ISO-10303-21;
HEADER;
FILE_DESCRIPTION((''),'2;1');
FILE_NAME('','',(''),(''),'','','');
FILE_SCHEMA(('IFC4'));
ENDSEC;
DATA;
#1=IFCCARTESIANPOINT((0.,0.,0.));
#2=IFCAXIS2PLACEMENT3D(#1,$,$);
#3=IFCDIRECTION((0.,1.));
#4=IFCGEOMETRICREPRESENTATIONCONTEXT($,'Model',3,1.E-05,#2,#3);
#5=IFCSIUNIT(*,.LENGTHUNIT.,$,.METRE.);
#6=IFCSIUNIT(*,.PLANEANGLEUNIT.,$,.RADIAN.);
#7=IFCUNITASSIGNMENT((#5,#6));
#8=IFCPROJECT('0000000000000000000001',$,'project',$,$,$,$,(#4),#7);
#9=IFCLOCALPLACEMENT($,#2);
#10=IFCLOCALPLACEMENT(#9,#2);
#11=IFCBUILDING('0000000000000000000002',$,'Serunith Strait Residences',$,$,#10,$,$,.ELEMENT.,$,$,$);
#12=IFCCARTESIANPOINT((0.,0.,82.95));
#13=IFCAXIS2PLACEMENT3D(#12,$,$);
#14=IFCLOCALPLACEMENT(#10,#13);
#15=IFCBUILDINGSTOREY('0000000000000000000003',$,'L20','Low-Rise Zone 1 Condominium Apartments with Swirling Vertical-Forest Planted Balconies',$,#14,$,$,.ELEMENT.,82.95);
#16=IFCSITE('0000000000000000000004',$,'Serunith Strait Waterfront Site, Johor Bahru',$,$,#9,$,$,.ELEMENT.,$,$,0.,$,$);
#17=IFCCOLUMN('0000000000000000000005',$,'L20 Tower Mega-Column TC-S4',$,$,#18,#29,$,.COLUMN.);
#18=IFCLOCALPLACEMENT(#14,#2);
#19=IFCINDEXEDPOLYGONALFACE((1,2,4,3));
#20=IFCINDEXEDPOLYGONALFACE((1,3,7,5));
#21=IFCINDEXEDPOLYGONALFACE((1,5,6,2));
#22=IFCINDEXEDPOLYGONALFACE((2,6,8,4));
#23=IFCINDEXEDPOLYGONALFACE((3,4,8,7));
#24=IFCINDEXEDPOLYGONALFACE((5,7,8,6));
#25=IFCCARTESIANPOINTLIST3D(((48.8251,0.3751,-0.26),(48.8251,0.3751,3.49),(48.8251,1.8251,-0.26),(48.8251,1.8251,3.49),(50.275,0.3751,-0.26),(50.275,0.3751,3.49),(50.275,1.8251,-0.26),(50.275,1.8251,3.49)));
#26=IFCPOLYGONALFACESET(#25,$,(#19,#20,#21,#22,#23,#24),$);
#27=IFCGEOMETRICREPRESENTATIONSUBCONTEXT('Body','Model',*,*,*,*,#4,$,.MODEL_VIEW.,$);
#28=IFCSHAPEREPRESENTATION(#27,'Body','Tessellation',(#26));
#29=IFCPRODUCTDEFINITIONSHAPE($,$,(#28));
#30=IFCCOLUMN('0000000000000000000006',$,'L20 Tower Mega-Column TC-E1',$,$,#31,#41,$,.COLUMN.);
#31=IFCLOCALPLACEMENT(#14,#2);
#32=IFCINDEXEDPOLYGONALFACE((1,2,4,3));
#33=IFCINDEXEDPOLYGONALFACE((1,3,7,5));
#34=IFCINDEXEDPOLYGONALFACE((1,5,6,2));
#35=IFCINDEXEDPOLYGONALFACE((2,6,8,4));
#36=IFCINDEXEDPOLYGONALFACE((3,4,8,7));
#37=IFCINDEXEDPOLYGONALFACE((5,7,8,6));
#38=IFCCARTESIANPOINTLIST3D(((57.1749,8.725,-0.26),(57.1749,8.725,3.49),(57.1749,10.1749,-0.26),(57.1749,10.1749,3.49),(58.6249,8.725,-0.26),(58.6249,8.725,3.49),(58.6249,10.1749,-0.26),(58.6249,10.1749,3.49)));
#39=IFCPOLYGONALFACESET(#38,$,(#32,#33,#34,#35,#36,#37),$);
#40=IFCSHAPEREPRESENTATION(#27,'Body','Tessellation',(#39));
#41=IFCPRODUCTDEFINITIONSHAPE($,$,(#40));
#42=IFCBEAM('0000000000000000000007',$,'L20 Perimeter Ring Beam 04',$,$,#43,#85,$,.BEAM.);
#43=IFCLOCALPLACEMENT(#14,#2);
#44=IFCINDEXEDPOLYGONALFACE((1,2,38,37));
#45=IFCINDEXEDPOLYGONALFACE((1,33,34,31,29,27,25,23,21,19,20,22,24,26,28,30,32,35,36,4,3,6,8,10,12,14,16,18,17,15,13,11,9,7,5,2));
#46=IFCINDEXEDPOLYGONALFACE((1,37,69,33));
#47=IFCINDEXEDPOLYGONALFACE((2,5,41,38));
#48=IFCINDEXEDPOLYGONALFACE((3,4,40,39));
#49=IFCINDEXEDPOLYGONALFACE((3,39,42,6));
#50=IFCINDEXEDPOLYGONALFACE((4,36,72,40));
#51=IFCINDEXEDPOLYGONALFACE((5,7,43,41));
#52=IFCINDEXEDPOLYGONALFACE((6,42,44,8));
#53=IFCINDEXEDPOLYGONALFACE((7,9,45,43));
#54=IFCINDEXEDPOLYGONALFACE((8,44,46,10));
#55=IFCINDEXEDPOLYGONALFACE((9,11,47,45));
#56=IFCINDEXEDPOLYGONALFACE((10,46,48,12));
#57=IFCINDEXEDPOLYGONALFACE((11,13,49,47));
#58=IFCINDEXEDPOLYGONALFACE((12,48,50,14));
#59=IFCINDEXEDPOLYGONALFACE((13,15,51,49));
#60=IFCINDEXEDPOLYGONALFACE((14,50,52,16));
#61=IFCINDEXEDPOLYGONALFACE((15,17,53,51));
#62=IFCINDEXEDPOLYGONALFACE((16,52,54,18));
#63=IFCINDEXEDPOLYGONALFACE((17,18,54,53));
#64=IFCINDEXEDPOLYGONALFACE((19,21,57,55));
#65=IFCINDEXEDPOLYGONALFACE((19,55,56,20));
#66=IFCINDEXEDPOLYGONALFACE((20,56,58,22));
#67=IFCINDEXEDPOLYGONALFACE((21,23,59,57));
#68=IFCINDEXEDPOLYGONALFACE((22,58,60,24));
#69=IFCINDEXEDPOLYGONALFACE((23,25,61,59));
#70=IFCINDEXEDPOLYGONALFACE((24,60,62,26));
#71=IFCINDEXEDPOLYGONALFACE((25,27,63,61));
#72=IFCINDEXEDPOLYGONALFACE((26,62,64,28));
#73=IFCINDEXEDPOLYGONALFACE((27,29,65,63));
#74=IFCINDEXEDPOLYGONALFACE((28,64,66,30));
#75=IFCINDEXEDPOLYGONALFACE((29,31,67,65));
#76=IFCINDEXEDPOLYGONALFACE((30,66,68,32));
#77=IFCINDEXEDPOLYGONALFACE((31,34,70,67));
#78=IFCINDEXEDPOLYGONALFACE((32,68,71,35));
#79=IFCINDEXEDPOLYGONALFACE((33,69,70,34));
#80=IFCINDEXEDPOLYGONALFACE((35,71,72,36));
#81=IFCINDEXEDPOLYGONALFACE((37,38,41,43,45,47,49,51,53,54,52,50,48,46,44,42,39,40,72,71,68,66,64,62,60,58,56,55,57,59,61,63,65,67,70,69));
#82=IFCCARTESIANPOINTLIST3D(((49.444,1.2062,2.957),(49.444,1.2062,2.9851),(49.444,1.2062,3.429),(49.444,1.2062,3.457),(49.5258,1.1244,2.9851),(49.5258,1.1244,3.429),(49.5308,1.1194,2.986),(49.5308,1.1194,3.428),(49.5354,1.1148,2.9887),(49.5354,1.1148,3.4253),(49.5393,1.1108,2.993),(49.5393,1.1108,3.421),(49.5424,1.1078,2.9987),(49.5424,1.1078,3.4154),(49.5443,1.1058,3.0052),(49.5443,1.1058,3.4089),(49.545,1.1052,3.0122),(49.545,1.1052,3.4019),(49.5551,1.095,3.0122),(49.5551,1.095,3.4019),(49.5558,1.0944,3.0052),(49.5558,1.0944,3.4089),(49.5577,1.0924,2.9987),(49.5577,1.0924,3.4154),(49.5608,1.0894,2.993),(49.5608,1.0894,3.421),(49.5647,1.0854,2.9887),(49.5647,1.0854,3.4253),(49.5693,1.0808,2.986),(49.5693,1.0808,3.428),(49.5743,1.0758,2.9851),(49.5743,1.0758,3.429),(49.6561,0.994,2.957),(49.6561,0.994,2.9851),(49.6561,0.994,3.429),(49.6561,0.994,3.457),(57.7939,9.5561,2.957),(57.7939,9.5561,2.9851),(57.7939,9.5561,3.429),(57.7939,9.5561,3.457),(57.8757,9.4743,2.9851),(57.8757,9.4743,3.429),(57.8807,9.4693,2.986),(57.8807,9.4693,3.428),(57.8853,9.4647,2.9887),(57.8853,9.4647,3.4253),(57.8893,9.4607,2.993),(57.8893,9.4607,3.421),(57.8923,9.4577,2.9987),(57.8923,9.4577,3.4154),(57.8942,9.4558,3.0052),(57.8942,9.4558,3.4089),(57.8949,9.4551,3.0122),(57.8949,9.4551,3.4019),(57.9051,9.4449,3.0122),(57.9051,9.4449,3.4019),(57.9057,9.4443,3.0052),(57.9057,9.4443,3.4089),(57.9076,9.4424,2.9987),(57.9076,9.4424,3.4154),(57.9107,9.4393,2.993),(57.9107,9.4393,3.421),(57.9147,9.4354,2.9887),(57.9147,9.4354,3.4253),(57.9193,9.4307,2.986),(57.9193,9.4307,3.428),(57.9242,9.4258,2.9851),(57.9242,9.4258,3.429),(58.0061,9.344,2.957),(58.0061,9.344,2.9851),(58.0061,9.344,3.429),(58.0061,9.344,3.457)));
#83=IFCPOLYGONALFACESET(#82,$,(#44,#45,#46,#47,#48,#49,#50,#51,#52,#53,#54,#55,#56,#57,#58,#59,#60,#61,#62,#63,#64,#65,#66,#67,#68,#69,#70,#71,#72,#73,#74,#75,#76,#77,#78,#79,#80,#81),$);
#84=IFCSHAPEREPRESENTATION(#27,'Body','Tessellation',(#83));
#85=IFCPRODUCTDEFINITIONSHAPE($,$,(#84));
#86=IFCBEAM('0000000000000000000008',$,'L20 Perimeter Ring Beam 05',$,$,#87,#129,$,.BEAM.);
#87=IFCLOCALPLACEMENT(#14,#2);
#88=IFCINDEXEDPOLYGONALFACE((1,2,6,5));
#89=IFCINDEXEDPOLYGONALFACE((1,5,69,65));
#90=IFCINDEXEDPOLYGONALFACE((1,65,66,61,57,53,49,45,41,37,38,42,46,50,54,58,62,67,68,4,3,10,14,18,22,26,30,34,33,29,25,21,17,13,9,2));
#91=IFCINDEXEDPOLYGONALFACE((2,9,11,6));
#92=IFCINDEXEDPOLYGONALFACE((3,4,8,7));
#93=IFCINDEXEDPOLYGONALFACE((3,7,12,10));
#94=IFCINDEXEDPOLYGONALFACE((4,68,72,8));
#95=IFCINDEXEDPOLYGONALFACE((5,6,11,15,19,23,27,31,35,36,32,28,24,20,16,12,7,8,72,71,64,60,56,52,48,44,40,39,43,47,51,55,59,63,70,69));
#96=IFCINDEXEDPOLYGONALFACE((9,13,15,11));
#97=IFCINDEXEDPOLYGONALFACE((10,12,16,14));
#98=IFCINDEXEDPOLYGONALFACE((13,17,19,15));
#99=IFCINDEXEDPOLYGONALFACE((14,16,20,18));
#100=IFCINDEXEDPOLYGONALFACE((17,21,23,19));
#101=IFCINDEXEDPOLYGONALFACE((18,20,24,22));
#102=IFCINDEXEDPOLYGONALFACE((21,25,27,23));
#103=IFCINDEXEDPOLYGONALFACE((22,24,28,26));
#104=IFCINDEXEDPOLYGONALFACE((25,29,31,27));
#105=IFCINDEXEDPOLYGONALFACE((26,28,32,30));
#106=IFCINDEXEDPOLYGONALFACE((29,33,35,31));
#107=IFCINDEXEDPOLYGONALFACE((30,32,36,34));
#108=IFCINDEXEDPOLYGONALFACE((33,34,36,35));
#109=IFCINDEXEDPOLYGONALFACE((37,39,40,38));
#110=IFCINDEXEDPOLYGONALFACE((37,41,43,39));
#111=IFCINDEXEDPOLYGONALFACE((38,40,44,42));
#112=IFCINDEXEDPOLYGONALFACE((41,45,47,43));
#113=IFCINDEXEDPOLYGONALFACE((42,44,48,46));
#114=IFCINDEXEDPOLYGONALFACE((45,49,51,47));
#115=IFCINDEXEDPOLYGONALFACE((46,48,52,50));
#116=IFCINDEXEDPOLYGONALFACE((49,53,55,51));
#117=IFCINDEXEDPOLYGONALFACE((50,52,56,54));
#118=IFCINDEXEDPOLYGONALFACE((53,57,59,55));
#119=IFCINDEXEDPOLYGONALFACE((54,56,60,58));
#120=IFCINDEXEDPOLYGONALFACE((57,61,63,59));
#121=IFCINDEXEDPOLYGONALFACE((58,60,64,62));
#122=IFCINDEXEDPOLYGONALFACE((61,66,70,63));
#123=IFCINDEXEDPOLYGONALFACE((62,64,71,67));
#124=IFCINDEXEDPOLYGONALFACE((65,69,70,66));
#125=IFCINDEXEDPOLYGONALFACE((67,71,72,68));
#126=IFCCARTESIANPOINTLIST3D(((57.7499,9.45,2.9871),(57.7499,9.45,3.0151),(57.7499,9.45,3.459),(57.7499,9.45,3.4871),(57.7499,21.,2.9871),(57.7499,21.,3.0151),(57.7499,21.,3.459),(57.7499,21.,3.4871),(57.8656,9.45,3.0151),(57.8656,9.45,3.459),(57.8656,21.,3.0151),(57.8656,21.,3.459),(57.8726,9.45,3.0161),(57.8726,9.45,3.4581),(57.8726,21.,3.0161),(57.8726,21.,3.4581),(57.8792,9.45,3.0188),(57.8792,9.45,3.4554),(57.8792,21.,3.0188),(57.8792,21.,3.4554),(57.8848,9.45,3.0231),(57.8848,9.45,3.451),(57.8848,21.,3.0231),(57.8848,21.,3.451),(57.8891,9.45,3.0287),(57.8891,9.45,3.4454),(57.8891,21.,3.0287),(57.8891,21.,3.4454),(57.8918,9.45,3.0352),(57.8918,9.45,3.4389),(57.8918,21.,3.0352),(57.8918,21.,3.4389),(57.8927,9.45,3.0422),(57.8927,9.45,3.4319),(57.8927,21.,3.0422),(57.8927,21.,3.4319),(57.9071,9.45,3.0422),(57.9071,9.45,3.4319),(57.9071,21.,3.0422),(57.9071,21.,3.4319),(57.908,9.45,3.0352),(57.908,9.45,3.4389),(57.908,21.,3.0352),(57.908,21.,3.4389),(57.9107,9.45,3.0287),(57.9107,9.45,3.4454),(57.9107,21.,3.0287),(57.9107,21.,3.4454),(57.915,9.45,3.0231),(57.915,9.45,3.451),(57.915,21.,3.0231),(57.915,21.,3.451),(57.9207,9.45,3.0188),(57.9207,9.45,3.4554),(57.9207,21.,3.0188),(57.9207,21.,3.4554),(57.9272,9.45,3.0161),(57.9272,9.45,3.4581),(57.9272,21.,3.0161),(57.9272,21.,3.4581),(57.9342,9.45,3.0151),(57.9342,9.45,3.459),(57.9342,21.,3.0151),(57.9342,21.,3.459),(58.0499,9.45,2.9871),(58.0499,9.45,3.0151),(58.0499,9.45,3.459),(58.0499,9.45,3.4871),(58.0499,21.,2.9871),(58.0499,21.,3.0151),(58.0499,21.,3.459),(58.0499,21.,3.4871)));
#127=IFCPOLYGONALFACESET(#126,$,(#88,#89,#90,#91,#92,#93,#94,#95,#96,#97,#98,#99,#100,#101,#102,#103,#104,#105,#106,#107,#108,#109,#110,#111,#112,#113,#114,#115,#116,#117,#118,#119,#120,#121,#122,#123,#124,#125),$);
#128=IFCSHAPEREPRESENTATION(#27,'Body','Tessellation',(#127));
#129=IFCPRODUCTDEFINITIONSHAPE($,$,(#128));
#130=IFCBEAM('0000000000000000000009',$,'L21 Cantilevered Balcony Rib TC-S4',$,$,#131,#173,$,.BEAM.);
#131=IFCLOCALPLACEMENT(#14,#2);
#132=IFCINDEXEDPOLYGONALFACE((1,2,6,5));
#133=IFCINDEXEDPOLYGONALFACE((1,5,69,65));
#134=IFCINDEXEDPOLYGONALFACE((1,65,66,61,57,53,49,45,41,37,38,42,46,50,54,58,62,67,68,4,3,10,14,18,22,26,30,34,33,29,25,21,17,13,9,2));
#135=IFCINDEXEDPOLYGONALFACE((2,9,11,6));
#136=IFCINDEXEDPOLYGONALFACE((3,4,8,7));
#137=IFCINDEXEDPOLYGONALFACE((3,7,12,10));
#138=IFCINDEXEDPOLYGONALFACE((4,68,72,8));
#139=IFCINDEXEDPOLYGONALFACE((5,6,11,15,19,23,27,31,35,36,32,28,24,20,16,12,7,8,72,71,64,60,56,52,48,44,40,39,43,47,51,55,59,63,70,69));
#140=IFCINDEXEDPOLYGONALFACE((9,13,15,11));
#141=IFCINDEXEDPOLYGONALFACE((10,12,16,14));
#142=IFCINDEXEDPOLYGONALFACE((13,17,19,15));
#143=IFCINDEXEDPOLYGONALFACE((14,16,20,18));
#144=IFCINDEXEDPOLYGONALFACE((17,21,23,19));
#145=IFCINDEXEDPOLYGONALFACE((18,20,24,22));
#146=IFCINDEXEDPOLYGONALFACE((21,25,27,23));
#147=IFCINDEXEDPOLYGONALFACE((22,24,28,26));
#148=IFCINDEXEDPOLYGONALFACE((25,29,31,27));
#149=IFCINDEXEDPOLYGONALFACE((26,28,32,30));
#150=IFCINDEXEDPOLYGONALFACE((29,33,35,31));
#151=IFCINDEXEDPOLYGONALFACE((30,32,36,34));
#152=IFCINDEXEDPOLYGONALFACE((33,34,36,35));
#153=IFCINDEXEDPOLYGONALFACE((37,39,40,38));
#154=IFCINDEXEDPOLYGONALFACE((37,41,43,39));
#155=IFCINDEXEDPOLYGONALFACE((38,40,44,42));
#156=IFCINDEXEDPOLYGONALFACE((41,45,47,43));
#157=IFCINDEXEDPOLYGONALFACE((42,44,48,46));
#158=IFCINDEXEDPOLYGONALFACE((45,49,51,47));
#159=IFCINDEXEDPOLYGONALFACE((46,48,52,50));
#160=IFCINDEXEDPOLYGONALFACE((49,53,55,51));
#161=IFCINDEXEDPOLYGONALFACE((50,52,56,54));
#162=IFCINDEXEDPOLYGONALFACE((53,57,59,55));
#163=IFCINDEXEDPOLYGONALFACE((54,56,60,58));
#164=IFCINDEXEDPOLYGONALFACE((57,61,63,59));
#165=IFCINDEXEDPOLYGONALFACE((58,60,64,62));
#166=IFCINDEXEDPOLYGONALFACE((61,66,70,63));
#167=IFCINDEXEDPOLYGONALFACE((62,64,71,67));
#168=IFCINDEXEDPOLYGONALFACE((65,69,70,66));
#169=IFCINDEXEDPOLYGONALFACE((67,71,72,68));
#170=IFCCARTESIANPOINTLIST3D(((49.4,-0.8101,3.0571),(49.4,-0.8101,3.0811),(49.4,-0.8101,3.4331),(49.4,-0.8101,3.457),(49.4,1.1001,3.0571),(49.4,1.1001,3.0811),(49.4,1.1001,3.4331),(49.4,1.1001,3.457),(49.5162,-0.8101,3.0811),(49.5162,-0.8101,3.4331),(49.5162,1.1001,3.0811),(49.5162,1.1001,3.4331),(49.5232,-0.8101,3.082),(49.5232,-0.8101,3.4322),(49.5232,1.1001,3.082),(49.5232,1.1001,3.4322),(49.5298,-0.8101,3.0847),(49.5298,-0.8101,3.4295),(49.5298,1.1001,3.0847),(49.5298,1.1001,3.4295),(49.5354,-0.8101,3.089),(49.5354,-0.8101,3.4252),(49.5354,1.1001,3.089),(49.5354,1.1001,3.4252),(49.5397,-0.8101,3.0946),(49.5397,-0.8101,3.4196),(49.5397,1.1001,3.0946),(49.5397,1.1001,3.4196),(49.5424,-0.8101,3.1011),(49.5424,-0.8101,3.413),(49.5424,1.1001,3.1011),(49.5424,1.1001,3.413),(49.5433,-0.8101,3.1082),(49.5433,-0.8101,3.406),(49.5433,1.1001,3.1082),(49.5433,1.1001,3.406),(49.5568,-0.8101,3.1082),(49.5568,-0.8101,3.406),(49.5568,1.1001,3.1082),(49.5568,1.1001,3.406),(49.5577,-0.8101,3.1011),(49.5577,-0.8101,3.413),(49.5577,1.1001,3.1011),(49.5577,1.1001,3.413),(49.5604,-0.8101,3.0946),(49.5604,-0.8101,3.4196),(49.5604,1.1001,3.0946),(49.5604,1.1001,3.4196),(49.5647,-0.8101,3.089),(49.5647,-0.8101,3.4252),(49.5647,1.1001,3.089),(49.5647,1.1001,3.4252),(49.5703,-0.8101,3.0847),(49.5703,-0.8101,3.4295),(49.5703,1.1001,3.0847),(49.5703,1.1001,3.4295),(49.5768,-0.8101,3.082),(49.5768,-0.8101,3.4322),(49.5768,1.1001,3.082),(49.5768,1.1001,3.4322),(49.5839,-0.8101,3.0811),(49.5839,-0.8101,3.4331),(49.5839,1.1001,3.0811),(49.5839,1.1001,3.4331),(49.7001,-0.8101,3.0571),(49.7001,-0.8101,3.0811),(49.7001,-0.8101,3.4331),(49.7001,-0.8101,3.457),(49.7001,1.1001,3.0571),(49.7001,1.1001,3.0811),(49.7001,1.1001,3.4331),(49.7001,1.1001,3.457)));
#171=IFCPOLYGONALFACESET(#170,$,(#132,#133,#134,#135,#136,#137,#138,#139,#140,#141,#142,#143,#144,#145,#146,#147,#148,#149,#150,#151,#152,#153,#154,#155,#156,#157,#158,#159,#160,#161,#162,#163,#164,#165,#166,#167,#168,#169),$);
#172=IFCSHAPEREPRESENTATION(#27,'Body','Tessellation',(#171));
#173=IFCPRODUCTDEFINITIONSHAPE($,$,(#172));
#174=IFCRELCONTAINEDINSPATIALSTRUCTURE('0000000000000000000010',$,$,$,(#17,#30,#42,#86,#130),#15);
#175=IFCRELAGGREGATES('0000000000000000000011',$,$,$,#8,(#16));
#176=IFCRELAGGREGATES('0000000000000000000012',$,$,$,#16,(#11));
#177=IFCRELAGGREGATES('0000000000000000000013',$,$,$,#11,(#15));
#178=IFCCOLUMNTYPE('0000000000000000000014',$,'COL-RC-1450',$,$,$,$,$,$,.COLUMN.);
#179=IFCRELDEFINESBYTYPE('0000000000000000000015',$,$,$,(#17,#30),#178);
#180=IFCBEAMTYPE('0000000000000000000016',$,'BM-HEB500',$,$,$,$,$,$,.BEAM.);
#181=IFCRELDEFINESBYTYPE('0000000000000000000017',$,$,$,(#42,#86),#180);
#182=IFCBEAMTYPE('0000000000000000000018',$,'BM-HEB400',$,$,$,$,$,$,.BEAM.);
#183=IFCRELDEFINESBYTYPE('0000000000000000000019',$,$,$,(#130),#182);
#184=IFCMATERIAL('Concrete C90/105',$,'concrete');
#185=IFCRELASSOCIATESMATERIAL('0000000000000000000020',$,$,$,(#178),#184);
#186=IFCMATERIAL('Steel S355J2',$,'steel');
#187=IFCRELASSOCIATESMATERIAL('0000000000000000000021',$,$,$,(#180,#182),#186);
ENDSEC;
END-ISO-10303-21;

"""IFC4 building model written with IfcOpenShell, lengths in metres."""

from ifc_helpers import new_model, si_unit, direction, frame, origin, origin_2d, place, context, subcontext, project, spatial, rectangle, i_section, extrude, source, transform, mapped, material, material_profile, profile_set, type_object, element, save


model = new_model("IFC4")

# Units and contexts
model_context = context("Model", 3, precision=1e-05, world=origin(), true_north=direction((0.0, 1.0)))
body_context = subcontext(model_context, "Body", "Model", "MODEL_VIEW")
ifc_project = project(units=[si_unit("LENGTHUNIT", "METRE"), si_unit("PLANEANGLEUNIT", "RADIAN")], contexts=[model_context])

# Site, building, storey
site_placement = place(None, origin())
site = spatial("IfcSite", under=ifc_project, at=site_placement, Name="Serunith Strait Waterfront Site, Johor Bahru", CompositionType="ELEMENT", RefElevation=0.0)
building_placement = place(site_placement, origin())
building = spatial("IfcBuilding", under=site, at=building_placement, Name="Serunith Strait Residences", CompositionType="ELEMENT")
storey_placement = place(building_placement, frame((0.0, 0.0, 82.95)))
storey = spatial("IfcBuildingStorey", under=building, at=storey_placement, Name="L20", Description="Low-Rise Zone 1 Condominium Apartments with Swirling Vertical-Forest Planted Balconies", CompositionType="ELEMENT", Elevation=82.95)

# Columns
ifc_material_1 = material(Name="Concrete C90/105", Category="concrete")
ifc_material_profile_1 = material_profile(ifc_material_1, rectangle(XDim=1.45, YDim=1.45, at=origin_2d()), Name="RC 1450x1450")
ifc_profile_set_1 = profile_set([ifc_material_profile_1], Name="Concrete C90/105")
column_type = type_object("IfcColumnType", Name="COL-RC-1450", PredefinedType="COLUMN", material=ifc_profile_set_1)
shared_shape_1 = source(origin(), body_context, "Body", "SweptSolid", [
    extrude(rectangle(XDim=1.45, YDim=1.45, at=origin_2d()), origin(), (0.0, 0.0, 1.0), 3.75),
])
for number, where, z_axis, x_axis, name in (
    (1, (49.55, 1.1001, -0.26), (0.0, 0.0, 1.0), (1.0, 0.0, 0.0), "L20 Tower Mega-Column TC-S4"),
    (2, (57.8999, 9.45, -0.26), (0.0, 0.0, 1.0), (1.0, 0.0, 0.0), "L20 Tower Mega-Column TC-E1"),
):
    element("IfcColumn", number, at=place(storey_placement, frame(where, z_axis=z_axis, x_axis=x_axis)), inside=storey, type_object=column_type, Name=name, PredefinedType="COLUMN", context=body_context, shape_type="MappedRepresentation", body=[
        mapped(shared_shape_1, transform((0.0, 0.0, 0.0), scale=1.0)),
    ])

# Beams
ifc_material_2 = material(Name="Steel S355J2", Category="steel")
ifc_material_profile_2 = material_profile(ifc_material_2, i_section(OverallWidth=0.3, OverallDepth=0.5, WebThickness=0.0144, FlangeThickness=0.0281, FilletRadius=0.0271, at=origin_2d()), Name="HEB 500")
ifc_profile_set_2 = profile_set([ifc_material_profile_2], Name="Steel S355J2")
beam_type_1 = type_object("IfcBeamType", Name="BM-HEB500", PredefinedType="BEAM", material=ifc_profile_set_2)
shared_shape_2 = source(origin(), body_context, "Body", "SweptSolid", [
    extrude(i_section(OverallWidth=0.3, OverallDepth=0.5, WebThickness=0.0144, FlangeThickness=0.0281, FilletRadius=0.0271, at=origin_2d()), origin(), (0.0, 0.0, 1.0), 11.8086),
])
beam_1_placement = place(storey_placement, frame((49.55, 1.1001, 3.207), z_axis=(0.707107, 0.707107, 0.0), x_axis=(-0.707107, 0.707107, 0.0)))
element("IfcBeam", 3, at=beam_1_placement, inside=storey, type_object=beam_type_1, Name="L20 Perimeter Ring Beam 04", PredefinedType="BEAM", context=body_context, shape_type="MappedRepresentation", body=[
    mapped(shared_shape_2, transform((0.0, 0.0, 0.0), scale=1.0)),
])
shared_shape_3 = source(origin(), body_context, "Body", "SweptSolid", [
    extrude(i_section(OverallWidth=0.3, OverallDepth=0.5, WebThickness=0.0144, FlangeThickness=0.0281, FilletRadius=0.0271, at=origin_2d()), origin(), (0.0, 0.0, 1.0), 11.55),
])
beam_2_placement = place(storey_placement, frame((57.8999, 9.45, 3.2371), z_axis=(0.0, 1.0, 0.0), x_axis=(-1.0, 0.0, 0.0)))
element("IfcBeam", 4, at=beam_2_placement, inside=storey, type_object=beam_type_1, Name="L20 Perimeter Ring Beam 05", PredefinedType="BEAM", context=body_context, shape_type="MappedRepresentation", body=[
    mapped(shared_shape_3, transform((0.0, 0.0, 0.0), scale=1.0)),
])
ifc_material_profile_3 = material_profile(ifc_material_2, i_section(OverallWidth=0.3, OverallDepth=0.3999, WebThickness=0.0134, FlangeThickness=0.0239, FilletRadius=0.0271, at=origin_2d()), Name="HEB 400")
ifc_profile_set_3 = profile_set([ifc_material_profile_3], Name="Steel S355J2")
beam_type_2 = type_object("IfcBeamType", Name="BM-HEB400", PredefinedType="BEAM", material=ifc_profile_set_3)
shared_shape_4 = source(origin(), body_context, "Body", "SweptSolid", [
    extrude(i_section(OverallWidth=0.3, OverallDepth=0.3999, WebThickness=0.0134, FlangeThickness=0.0239, FilletRadius=0.0271, at=origin_2d()), origin(), (0.0, 0.0, 1.0), 1.9102),
])
for number, where, z_axis, x_axis, name in (
    (5, (49.55, 1.1001, 3.2571), (0.0, -1.0, 0.0), (1.0, 0.0, 0.0), "L21 Cantilevered Balcony Rib TC-S4"),
):
    element("IfcBeam", number, at=place(storey_placement, frame(where, z_axis=z_axis, x_axis=x_axis)), inside=storey, type_object=beam_type_2, Name=name, PredefinedType="BEAM", context=body_context, shape_type="MappedRepresentation", body=[
        mapped(shared_shape_4, transform((0.0, 0.0, 0.0), scale=1.0)),
    ])

save(model, "model.ifc")
